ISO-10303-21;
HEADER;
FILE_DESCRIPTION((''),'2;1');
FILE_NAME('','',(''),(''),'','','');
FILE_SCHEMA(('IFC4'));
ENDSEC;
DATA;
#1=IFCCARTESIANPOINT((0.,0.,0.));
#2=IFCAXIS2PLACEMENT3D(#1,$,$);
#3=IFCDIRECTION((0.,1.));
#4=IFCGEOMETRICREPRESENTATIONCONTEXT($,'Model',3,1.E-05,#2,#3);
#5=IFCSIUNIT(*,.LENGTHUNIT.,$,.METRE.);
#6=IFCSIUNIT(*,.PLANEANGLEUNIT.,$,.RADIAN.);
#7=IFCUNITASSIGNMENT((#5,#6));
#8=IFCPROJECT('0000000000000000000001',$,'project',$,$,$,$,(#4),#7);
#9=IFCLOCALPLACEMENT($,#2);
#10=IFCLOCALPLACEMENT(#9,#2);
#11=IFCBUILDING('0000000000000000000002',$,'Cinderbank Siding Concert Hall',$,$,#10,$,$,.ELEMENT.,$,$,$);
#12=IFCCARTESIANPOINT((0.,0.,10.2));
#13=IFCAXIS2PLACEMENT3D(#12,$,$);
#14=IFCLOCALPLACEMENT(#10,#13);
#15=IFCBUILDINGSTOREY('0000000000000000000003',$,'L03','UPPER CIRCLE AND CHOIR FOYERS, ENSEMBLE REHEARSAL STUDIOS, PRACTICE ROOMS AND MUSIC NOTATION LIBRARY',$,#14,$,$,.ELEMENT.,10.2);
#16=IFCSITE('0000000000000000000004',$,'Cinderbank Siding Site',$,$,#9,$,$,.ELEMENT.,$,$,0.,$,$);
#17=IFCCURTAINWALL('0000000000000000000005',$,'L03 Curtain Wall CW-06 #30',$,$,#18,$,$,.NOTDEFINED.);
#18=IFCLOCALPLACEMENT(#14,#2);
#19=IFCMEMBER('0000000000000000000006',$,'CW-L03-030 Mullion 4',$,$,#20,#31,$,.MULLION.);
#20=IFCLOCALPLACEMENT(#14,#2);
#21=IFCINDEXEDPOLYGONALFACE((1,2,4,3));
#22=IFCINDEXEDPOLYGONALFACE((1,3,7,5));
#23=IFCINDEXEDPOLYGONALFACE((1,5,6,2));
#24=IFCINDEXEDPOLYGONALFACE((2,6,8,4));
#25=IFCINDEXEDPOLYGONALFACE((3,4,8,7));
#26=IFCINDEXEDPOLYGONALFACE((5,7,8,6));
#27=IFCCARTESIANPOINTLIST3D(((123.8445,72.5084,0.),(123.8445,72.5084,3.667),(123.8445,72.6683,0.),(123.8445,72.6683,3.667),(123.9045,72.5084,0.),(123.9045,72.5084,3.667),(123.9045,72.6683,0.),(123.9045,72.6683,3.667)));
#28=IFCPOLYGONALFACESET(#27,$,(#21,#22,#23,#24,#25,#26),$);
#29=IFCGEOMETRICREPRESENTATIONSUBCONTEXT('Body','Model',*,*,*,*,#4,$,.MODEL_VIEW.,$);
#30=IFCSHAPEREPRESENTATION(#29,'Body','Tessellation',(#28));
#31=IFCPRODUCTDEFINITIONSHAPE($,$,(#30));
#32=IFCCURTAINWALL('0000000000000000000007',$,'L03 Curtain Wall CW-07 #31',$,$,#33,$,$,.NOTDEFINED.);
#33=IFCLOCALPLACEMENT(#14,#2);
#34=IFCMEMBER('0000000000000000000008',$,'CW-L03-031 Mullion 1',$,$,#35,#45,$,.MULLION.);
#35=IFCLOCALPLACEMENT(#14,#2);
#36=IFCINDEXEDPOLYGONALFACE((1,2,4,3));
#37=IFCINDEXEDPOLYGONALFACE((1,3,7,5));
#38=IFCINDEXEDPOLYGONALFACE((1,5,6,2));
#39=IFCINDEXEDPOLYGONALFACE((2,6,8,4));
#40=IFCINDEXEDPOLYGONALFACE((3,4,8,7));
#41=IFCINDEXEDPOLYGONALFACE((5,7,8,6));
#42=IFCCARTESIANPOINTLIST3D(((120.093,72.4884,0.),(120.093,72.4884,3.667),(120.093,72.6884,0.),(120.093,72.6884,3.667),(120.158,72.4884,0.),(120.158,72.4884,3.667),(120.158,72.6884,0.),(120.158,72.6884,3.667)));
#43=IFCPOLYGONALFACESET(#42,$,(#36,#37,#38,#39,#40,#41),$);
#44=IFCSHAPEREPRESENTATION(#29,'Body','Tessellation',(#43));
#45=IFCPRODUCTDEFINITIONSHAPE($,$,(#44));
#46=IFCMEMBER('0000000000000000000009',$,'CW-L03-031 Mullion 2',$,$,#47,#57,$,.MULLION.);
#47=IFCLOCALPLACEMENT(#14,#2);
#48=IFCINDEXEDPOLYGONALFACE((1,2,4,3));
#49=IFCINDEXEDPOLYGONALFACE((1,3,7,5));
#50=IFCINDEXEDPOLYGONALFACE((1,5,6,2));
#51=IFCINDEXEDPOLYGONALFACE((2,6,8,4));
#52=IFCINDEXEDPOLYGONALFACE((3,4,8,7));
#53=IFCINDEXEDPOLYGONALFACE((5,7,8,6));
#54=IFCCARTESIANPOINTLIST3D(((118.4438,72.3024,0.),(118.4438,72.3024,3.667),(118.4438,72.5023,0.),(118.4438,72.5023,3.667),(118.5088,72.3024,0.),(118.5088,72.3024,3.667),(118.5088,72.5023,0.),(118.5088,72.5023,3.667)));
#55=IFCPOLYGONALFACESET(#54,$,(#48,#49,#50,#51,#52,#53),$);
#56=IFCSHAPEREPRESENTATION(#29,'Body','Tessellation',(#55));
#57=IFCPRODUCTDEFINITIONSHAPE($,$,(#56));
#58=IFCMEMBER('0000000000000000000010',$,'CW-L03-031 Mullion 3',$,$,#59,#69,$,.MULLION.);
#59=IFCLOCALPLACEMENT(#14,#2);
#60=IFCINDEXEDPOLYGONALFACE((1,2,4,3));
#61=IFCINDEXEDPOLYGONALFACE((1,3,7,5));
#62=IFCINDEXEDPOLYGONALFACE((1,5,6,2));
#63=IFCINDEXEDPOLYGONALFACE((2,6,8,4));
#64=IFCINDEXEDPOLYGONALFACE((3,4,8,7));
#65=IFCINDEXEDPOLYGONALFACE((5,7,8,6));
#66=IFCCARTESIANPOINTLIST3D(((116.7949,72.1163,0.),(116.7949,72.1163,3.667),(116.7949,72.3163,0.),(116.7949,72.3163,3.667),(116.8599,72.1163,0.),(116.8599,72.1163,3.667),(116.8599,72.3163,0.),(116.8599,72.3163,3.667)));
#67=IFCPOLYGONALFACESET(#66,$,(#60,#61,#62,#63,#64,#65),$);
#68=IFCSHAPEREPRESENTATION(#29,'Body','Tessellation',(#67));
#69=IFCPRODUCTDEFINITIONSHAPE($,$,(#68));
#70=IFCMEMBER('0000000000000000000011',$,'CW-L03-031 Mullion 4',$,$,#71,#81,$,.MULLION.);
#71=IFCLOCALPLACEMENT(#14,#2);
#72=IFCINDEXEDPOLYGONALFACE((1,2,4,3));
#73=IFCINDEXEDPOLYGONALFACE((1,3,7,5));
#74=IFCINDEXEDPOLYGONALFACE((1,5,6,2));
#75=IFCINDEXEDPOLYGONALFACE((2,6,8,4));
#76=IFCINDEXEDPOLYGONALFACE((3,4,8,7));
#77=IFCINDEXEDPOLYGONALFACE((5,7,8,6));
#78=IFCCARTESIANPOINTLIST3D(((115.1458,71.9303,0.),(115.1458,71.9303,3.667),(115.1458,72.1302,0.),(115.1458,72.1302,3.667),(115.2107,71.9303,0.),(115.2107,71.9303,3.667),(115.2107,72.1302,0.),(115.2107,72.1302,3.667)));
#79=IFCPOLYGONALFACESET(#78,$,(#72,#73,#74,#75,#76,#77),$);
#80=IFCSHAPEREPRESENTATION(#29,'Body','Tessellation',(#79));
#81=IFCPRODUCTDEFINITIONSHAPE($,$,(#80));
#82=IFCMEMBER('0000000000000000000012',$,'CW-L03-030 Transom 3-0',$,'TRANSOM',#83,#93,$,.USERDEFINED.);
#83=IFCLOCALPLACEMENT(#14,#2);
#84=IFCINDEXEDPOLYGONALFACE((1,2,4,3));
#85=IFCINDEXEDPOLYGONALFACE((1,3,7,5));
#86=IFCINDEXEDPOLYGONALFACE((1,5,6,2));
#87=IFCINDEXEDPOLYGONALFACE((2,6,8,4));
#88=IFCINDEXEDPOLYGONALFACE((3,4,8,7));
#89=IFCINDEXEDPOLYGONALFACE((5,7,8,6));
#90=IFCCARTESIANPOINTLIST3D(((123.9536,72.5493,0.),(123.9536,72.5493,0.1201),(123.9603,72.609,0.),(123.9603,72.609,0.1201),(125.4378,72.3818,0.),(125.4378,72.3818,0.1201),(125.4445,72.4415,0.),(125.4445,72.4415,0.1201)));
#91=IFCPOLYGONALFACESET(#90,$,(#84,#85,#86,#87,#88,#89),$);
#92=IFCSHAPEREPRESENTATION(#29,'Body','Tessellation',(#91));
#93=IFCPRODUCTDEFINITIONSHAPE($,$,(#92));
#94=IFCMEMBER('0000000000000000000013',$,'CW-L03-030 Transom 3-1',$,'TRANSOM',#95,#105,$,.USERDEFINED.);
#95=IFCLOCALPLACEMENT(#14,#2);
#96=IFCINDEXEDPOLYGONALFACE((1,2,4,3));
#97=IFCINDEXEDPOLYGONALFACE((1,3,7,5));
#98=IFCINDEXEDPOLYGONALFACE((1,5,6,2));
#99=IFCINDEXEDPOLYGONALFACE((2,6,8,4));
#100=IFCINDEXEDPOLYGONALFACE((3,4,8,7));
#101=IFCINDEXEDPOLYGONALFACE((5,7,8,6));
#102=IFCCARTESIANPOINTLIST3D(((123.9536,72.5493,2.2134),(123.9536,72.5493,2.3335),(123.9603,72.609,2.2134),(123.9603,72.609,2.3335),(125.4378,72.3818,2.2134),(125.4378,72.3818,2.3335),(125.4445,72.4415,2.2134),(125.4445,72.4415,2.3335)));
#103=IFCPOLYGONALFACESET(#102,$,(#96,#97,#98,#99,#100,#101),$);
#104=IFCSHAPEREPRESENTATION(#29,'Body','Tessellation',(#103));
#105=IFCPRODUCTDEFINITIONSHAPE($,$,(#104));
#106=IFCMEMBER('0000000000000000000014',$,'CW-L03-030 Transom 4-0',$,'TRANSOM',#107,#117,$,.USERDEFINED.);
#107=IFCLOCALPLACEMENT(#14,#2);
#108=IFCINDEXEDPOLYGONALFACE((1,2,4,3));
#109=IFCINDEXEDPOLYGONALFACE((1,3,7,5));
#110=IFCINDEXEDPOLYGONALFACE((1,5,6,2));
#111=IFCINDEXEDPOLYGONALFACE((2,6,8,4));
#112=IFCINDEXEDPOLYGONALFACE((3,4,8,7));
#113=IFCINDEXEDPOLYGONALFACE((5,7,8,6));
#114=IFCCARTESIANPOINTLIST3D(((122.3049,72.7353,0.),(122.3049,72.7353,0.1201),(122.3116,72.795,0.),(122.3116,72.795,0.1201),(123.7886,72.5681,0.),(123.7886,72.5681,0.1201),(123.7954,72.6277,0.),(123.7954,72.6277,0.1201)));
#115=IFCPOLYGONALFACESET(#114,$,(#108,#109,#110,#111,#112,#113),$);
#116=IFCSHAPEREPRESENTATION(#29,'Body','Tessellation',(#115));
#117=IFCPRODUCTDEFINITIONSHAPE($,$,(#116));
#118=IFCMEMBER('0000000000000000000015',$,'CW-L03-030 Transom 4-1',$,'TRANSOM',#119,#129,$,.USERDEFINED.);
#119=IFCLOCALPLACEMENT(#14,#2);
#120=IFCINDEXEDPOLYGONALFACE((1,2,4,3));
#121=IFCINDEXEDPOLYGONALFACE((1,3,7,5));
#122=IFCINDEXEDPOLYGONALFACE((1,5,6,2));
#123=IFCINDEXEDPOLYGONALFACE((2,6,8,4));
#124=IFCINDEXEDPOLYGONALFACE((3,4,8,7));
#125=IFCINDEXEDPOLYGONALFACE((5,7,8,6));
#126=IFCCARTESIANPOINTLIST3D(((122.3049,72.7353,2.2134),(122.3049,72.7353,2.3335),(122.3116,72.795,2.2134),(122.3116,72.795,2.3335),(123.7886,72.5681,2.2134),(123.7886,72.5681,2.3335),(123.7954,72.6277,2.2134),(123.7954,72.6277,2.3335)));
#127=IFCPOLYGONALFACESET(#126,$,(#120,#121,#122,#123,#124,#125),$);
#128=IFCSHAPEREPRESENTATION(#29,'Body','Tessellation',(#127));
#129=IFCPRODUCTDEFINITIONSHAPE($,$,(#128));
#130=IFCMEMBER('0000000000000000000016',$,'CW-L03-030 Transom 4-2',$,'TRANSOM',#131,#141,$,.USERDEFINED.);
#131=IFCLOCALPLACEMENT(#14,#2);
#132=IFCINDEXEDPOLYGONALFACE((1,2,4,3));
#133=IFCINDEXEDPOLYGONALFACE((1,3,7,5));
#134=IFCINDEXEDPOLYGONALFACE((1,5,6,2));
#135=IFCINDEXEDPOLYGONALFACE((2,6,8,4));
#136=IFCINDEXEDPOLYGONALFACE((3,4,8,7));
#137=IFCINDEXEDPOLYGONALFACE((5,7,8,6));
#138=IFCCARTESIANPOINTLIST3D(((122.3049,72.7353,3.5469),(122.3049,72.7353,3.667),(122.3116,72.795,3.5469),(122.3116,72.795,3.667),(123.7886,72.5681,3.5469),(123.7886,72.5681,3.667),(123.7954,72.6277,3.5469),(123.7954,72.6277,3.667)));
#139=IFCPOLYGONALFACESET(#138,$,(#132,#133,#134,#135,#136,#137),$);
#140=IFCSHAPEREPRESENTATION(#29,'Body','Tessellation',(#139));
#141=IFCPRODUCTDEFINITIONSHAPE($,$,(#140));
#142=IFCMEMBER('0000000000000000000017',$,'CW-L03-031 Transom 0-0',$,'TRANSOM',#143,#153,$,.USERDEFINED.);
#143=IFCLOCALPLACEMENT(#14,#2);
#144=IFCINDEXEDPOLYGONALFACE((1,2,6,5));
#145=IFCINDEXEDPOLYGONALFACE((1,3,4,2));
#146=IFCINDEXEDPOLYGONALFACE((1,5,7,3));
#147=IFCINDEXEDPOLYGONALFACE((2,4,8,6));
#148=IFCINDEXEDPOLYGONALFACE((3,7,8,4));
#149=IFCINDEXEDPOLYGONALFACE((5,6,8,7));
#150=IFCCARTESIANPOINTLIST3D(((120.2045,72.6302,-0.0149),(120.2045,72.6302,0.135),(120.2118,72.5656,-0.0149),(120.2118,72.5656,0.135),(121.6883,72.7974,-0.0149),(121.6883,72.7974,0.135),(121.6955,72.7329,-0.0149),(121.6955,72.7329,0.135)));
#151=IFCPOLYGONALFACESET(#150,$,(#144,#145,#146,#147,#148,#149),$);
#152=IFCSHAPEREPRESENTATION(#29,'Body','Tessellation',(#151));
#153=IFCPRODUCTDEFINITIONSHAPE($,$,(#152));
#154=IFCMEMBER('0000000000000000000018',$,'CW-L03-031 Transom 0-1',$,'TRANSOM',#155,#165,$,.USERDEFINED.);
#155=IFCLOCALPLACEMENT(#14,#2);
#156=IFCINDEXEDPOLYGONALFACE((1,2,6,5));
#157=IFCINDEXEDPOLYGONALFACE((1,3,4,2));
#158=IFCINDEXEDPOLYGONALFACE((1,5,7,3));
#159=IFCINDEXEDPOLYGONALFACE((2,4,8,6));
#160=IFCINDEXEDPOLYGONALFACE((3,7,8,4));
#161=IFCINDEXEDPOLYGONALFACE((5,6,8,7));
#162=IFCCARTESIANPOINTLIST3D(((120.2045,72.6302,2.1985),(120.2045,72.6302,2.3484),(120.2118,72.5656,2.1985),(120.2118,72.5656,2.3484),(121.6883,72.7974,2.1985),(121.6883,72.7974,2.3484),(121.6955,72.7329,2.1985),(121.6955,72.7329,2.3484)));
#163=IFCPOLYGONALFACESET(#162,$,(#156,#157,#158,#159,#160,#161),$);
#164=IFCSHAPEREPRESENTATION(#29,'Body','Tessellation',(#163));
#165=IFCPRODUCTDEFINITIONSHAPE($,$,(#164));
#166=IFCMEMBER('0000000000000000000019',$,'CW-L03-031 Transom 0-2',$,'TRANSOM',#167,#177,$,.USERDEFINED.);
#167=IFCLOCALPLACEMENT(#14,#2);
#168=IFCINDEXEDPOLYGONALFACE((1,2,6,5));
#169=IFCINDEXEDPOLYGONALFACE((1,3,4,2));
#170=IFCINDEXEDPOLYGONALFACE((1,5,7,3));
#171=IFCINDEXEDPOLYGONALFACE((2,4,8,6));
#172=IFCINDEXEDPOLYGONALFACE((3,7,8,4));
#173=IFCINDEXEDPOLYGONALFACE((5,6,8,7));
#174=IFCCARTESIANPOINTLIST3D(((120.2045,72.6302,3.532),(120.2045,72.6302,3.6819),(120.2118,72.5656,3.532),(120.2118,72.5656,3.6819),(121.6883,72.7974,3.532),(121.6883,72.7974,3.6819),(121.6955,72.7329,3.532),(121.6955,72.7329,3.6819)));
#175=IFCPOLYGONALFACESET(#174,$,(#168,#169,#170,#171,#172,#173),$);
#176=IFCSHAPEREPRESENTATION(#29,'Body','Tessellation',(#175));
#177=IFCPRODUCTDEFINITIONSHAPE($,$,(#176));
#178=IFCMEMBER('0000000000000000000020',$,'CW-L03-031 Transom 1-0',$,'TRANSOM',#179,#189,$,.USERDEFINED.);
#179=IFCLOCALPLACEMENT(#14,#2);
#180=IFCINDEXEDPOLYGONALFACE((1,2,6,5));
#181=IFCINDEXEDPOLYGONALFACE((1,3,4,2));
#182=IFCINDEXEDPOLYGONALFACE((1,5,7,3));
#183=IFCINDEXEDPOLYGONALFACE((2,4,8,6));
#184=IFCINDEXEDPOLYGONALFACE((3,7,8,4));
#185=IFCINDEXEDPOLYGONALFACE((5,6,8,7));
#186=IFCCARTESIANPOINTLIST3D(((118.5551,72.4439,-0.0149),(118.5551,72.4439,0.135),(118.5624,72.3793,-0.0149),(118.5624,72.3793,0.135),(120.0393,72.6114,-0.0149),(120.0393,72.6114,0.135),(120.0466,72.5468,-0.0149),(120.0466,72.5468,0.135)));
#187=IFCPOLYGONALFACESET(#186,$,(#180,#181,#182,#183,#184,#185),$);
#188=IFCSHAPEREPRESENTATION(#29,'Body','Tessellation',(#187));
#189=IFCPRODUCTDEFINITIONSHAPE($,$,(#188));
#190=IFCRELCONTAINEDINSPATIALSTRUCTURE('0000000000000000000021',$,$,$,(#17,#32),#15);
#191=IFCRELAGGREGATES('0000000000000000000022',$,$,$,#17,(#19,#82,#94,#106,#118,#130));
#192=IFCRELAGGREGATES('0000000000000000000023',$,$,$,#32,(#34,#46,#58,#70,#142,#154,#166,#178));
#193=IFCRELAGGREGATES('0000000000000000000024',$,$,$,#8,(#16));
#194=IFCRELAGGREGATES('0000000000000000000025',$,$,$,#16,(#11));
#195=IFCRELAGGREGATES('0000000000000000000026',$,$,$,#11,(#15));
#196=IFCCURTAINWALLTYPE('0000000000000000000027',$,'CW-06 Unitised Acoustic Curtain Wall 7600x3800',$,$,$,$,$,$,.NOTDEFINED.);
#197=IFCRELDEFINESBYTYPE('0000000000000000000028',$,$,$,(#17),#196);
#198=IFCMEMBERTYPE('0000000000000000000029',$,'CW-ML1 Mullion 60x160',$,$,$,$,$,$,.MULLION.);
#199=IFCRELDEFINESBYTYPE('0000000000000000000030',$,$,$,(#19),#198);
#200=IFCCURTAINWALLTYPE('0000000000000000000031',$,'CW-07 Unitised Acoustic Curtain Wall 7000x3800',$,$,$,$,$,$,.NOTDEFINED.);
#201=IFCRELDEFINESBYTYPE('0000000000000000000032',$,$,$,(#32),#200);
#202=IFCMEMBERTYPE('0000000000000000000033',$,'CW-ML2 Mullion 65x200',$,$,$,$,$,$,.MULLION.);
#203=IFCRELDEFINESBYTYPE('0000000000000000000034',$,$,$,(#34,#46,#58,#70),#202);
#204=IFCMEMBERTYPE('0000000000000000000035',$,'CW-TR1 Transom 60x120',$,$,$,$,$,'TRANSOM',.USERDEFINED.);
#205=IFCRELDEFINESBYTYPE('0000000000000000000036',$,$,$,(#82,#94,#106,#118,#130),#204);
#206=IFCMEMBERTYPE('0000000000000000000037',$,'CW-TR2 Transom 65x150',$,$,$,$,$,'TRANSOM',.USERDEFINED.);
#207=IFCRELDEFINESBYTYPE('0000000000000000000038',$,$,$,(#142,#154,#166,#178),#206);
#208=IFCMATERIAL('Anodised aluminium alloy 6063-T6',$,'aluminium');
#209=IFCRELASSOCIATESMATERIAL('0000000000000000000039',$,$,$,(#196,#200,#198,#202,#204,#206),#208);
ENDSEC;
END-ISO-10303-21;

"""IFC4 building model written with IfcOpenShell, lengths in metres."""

from ifc_helpers import new_model, si_unit, direction, frame, origin, origin_2d, place, context, subcontext, project, spatial, rectangle, extrude, material, material_profile, profile_set, type_object, element, aggregate, save


model = new_model("IFC4")

# Units and contexts
model_context = context("Model", 3, precision=1e-05, world=origin(), true_north=direction((0.0, 1.0)))
body_context = subcontext(model_context, "Body", "Model", "MODEL_VIEW")
ifc_project = project(units=[si_unit("LENGTHUNIT", "METRE"), si_unit("PLANEANGLEUNIT", "RADIAN")], contexts=[model_context])

# Site, building, storey
site_placement = place(None, origin())
site = spatial("IfcSite", under=ifc_project, at=site_placement, Name="Cinderbank Siding Site", CompositionType="ELEMENT", RefElevation=0.0)
building_placement = place(site_placement, origin())
building = spatial("IfcBuilding", under=site, at=building_placement, Name="Cinderbank Siding Concert Hall", CompositionType="ELEMENT")
storey_placement = place(building_placement, frame((0.0, 0.0, 10.2)))
storey = spatial("IfcBuildingStorey", under=building, at=storey_placement, Name="L03", Description="UPPER CIRCLE AND CHOIR FOYERS, ENSEMBLE REHEARSAL STUDIOS, PRACTICE ROOMS AND MUSIC NOTATION LIBRARY", CompositionType="ELEMENT", Elevation=10.2)

# Curtain wall, member
ifc_material_1 = material(Name="Anodised aluminium alloy 6063-T6", Category="aluminium")
curtain_wall_type_1 = type_object("IfcCurtainWallType", Name="CW-06 Unitised Acoustic Curtain Wall 7600x3800", PredefinedType="NOTDEFINED", material=ifc_material_1)
curtain_wall_1_placement = place(storey_placement, origin())
curtain_wall_1 = element("IfcCurtainWall", 1, at=curtain_wall_1_placement, inside=storey, type_object=curtain_wall_type_1, Name="L03 Curtain Wall CW-06 #30", PredefinedType="NOTDEFINED")
ifc_material_profile_1 = material_profile(ifc_material_1, rectangle(XDim=0.0601, YDim=0.1599, at=origin_2d()), Name="ALU-MULL-60x160", Category="LoadBearing")
ifc_profile_set_1 = profile_set([ifc_material_profile_1], Name="Anodised aluminium alloy 6063-T6")
member_type_1 = type_object("IfcMemberType", Name="CW-ML1 Mullion 60x160", PredefinedType="MULLION", material=ifc_profile_set_1)
member_1_placement = place(storey_placement, frame((123.8745, 72.5884, 0.0), z_axis=(0.0, 0.0, 1.0), x_axis=(1.0, 0.0, 0.0)))
member_1 = element("IfcMember", 2, at=member_1_placement, type_object=member_type_1, Name="CW-L03-030 Mullion 4", PredefinedType="MULLION", context=body_context, shape_type="SweptSolid", body=[
    extrude(rectangle(XDim=0.0601, YDim=0.1599, at=origin_2d()), origin(), (0.0, 0.0, 1.0), 3.667),
])

# Curtain wall, members
curtain_wall_type_2 = type_object("IfcCurtainWallType", Name="CW-07 Unitised Acoustic Curtain Wall 7000x3800", PredefinedType="NOTDEFINED", material=ifc_material_1)
curtain_wall_2_placement = place(storey_placement, origin())
curtain_wall_2 = element("IfcCurtainWall", 3, at=curtain_wall_2_placement, inside=storey, type_object=curtain_wall_type_2, Name="L03 Curtain Wall CW-07 #31", PredefinedType="NOTDEFINED")
ifc_material_profile_2 = material_profile(ifc_material_1, rectangle(XDim=0.0649, YDim=0.2, at=origin_2d()), Name="ALU-MULL-65x200", Category="LoadBearing")
ifc_profile_set_2 = profile_set([ifc_material_profile_2], Name="Anodised aluminium alloy 6063-T6")
member_type_2 = type_object("IfcMemberType", Name="CW-ML2 Mullion 65x200", PredefinedType="MULLION", material=ifc_profile_set_2)
member_2_placement = place(storey_placement, frame((120.1255, 72.5884, 0.0), z_axis=(0.0, 0.0, 1.0), x_axis=(1.0, 0.0, 0.0)))
member_2 = element("IfcMember", 4, at=member_2_placement, type_object=member_type_2, Name="CW-L03-031 Mullion 1", PredefinedType="MULLION", context=body_context, shape_type="SweptSolid", body=[
    extrude(rectangle(XDim=0.0649, YDim=0.2, at=origin_2d()), origin(), (0.0, 0.0, 1.0), 3.667),
])
member_3_placement = place(storey_placement, frame((118.4763, 72.4023, 0.0), z_axis=(0.0, 0.0, 1.0), x_axis=(1.0, 0.0, 0.0)))
member_3 = element("IfcMember", 5, at=member_3_placement, type_object=member_type_2, Name="CW-L03-031 Mullion 2", PredefinedType="MULLION", context=body_context, shape_type="SweptSolid", body=[
    extrude(rectangle(XDim=0.0649, YDim=0.2, at=origin_2d()), origin(), (0.0, 0.0, 1.0), 3.667),
])
member_4_placement = place(storey_placement, frame((116.8274, 72.2163, 0.0), z_axis=(0.0, 0.0, 1.0), x_axis=(1.0, 0.0, 0.0)))
member_4 = element("IfcMember", 6, at=member_4_placement, type_object=member_type_2, Name="CW-L03-031 Mullion 3", PredefinedType="MULLION", context=body_context, shape_type="SweptSolid", body=[
    extrude(rectangle(XDim=0.0649, YDim=0.2, at=origin_2d()), origin(), (0.0, 0.0, 1.0), 3.667),
])
member_5_placement = place(storey_placement, frame((115.1782, 72.0303, 0.0), z_axis=(0.0, 0.0, 1.0), x_axis=(1.0, 0.0, 0.0)))
member_5 = element("IfcMember", 7, at=member_5_placement, type_object=member_type_2, Name="CW-L03-031 Mullion 4", PredefinedType="MULLION", context=body_context, shape_type="SweptSolid", body=[
    extrude(rectangle(XDim=0.0649, YDim=0.2, at=origin_2d()), origin(), (0.0, 0.0, 1.0), 3.667),
])

# Members
ifc_material_profile_3 = material_profile(ifc_material_1, rectangle(XDim=0.0601, YDim=0.1201, at=origin_2d()), Name="ALU-TRAN-60x120", Category="LoadBearing")
ifc_profile_set_3 = profile_set([ifc_material_profile_3], Name="Anodised aluminium alloy 6063-T6")
member_type_3 = type_object("IfcMemberType", Name="CW-TR1 Transom 60x120", ElementType="TRANSOM", PredefinedType="USERDEFINED", material=ifc_profile_set_3)
member_6_placement = place(storey_placement, frame((125.4412, 72.4116, 0.0601), z_axis=(-0.993693, 0.112136, 0.0), x_axis=(-0.112136, -0.993693, 0.0)))
member_6 = element("IfcMember", 8, at=member_6_placement, type_object=member_type_3, Name="CW-L03-030 Transom 3-0", ObjectType="TRANSOM", PredefinedType="USERDEFINED", context=body_context, shape_type="SweptSolid", body=[
    extrude(rectangle(XDim=0.0601, YDim=0.1201, at=origin_2d()), origin(), (0.0, 0.0, 1.0), 1.4937),
])
member_7_placement = place(storey_placement, frame((125.4412, 72.4116, 2.2734), z_axis=(-0.993693, 0.112136, 0.0), x_axis=(-0.112136, -0.993693, 0.0)))
member_7 = element("IfcMember", 9, at=member_7_placement, type_object=member_type_3, Name="CW-L03-030 Transom 3-1", ObjectType="TRANSOM", PredefinedType="USERDEFINED", context=body_context, shape_type="SweptSolid", body=[
    extrude(rectangle(XDim=0.0601, YDim=0.1201, at=origin_2d()), origin(), (0.0, 0.0, 1.0), 1.4937),
])
member_8_placement = place(storey_placement, frame((123.792, 72.5979, 0.0601), z_axis=(-0.993709, 0.111993, 0.0), x_axis=(-0.111993, -0.993709, 0.0)))
member_8 = element("IfcMember", 10, at=member_8_placement, type_object=member_type_3, Name="CW-L03-030 Transom 4-0", ObjectType="TRANSOM", PredefinedType="USERDEFINED", context=body_context, shape_type="SweptSolid", body=[
    extrude(rectangle(XDim=0.0601, YDim=0.1201, at=origin_2d()), origin(), (0.0, 0.0, 1.0), 1.4932),
])
member_9_placement = place(storey_placement, frame((123.792, 72.5979, 2.2734), z_axis=(-0.993709, 0.111993, 0.0), x_axis=(-0.111993, -0.993709, 0.0)))
member_9 = element("IfcMember", 11, at=member_9_placement, type_object=member_type_3, Name="CW-L03-030 Transom 4-1", ObjectType="TRANSOM", PredefinedType="USERDEFINED", context=body_context, shape_type="SweptSolid", body=[
    extrude(rectangle(XDim=0.0601, YDim=0.1201, at=origin_2d()), origin(), (0.0, 0.0, 1.0), 1.4932),
])
member_10_placement = place(storey_placement, frame((123.792, 72.5979, 3.6069), z_axis=(-0.993709, 0.111993, 0.0), x_axis=(-0.111993, -0.993709, 0.0)))
member_10 = element("IfcMember", 12, at=member_10_placement, type_object=member_type_3, Name="CW-L03-030 Transom 4-2", ObjectType="TRANSOM", PredefinedType="USERDEFINED", context=body_context, shape_type="SweptSolid", body=[
    extrude(rectangle(XDim=0.0601, YDim=0.1201, at=origin_2d()), origin(), (0.0, 0.0, 1.0), 1.4932),
])
ifc_material_profile_4 = material_profile(ifc_material_1, rectangle(XDim=0.0649, YDim=0.1499, at=origin_2d()), Name="ALU-TRAN-65x150", Category="LoadBearing")
ifc_profile_set_4 = profile_set([ifc_material_profile_4], Name="Anodised aluminium alloy 6063-T6")
member_type_4 = type_object("IfcMemberType", Name="CW-TR2 Transom 65x150", ElementType="TRANSOM", PredefinedType="USERDEFINED", material=ifc_profile_set_4)
member_11_placement = place(storey_placement, frame((121.6919, 72.7651, 0.0601), z_axis=(-0.993709, -0.111993, 0.0), x_axis=(0.111993, -0.993709, 0.0)))
member_11 = element("IfcMember", 13, at=member_11_placement, type_object=member_type_4, Name="CW-L03-031 Transom 0-0", ObjectType="TRANSOM", PredefinedType="USERDEFINED", context=body_context, shape_type="SweptSolid", body=[
    extrude(rectangle(XDim=0.0649, YDim=0.1499, at=origin_2d()), origin(), (0.0, 0.0, 1.0), 1.4932),
])
member_12_placement = place(storey_placement, frame((121.6919, 72.7651, 2.2734), z_axis=(-0.993709, -0.111993, 0.0), x_axis=(0.111993, -0.993709, 0.0)))
member_12 = element("IfcMember", 14, at=member_12_placement, type_object=member_type_4, Name="CW-L03-031 Transom 0-1", ObjectType="TRANSOM", PredefinedType="USERDEFINED", context=body_context, shape_type="SweptSolid", body=[
    extrude(rectangle(XDim=0.0649, YDim=0.1499, at=origin_2d()), origin(), (0.0, 0.0, 1.0), 1.4932),
])
member_13_placement = place(storey_placement, frame((121.6919, 72.7651, 3.6069), z_axis=(-0.993709, -0.111993, 0.0), x_axis=(0.111993, -0.993709, 0.0)))
member_13 = element("IfcMember", 15, at=member_13_placement, type_object=member_type_4, Name="CW-L03-031 Transom 0-2", ObjectType="TRANSOM", PredefinedType="USERDEFINED", context=body_context, shape_type="SweptSolid", body=[
    extrude(rectangle(XDim=0.0649, YDim=0.1499, at=origin_2d()), origin(), (0.0, 0.0, 1.0), 1.4932),
])
member_14_placement = place(storey_placement, frame((120.043, 72.5791, 0.0601), z_axis=(-0.993693, -0.112136, 0.0), x_axis=(0.112136, -0.993693, 0.0)))
member_14 = element("IfcMember", 16, at=member_14_placement, type_object=member_type_4, Name="CW-L03-031 Transom 1-0", ObjectType="TRANSOM", PredefinedType="USERDEFINED", context=body_context, shape_type="SweptSolid", body=[
    extrude(rectangle(XDim=0.0649, YDim=0.1499, at=origin_2d()), origin(), (0.0, 0.0, 1.0), 1.4937),
])

aggregate(curtain_wall_1, [member_1, member_6, member_7, member_8, member_9, member_10])
aggregate(curtain_wall_2, [member_2, member_3, member_4, member_5, member_11, member_12, member_13, member_14])

save(model, "model.ifc")
